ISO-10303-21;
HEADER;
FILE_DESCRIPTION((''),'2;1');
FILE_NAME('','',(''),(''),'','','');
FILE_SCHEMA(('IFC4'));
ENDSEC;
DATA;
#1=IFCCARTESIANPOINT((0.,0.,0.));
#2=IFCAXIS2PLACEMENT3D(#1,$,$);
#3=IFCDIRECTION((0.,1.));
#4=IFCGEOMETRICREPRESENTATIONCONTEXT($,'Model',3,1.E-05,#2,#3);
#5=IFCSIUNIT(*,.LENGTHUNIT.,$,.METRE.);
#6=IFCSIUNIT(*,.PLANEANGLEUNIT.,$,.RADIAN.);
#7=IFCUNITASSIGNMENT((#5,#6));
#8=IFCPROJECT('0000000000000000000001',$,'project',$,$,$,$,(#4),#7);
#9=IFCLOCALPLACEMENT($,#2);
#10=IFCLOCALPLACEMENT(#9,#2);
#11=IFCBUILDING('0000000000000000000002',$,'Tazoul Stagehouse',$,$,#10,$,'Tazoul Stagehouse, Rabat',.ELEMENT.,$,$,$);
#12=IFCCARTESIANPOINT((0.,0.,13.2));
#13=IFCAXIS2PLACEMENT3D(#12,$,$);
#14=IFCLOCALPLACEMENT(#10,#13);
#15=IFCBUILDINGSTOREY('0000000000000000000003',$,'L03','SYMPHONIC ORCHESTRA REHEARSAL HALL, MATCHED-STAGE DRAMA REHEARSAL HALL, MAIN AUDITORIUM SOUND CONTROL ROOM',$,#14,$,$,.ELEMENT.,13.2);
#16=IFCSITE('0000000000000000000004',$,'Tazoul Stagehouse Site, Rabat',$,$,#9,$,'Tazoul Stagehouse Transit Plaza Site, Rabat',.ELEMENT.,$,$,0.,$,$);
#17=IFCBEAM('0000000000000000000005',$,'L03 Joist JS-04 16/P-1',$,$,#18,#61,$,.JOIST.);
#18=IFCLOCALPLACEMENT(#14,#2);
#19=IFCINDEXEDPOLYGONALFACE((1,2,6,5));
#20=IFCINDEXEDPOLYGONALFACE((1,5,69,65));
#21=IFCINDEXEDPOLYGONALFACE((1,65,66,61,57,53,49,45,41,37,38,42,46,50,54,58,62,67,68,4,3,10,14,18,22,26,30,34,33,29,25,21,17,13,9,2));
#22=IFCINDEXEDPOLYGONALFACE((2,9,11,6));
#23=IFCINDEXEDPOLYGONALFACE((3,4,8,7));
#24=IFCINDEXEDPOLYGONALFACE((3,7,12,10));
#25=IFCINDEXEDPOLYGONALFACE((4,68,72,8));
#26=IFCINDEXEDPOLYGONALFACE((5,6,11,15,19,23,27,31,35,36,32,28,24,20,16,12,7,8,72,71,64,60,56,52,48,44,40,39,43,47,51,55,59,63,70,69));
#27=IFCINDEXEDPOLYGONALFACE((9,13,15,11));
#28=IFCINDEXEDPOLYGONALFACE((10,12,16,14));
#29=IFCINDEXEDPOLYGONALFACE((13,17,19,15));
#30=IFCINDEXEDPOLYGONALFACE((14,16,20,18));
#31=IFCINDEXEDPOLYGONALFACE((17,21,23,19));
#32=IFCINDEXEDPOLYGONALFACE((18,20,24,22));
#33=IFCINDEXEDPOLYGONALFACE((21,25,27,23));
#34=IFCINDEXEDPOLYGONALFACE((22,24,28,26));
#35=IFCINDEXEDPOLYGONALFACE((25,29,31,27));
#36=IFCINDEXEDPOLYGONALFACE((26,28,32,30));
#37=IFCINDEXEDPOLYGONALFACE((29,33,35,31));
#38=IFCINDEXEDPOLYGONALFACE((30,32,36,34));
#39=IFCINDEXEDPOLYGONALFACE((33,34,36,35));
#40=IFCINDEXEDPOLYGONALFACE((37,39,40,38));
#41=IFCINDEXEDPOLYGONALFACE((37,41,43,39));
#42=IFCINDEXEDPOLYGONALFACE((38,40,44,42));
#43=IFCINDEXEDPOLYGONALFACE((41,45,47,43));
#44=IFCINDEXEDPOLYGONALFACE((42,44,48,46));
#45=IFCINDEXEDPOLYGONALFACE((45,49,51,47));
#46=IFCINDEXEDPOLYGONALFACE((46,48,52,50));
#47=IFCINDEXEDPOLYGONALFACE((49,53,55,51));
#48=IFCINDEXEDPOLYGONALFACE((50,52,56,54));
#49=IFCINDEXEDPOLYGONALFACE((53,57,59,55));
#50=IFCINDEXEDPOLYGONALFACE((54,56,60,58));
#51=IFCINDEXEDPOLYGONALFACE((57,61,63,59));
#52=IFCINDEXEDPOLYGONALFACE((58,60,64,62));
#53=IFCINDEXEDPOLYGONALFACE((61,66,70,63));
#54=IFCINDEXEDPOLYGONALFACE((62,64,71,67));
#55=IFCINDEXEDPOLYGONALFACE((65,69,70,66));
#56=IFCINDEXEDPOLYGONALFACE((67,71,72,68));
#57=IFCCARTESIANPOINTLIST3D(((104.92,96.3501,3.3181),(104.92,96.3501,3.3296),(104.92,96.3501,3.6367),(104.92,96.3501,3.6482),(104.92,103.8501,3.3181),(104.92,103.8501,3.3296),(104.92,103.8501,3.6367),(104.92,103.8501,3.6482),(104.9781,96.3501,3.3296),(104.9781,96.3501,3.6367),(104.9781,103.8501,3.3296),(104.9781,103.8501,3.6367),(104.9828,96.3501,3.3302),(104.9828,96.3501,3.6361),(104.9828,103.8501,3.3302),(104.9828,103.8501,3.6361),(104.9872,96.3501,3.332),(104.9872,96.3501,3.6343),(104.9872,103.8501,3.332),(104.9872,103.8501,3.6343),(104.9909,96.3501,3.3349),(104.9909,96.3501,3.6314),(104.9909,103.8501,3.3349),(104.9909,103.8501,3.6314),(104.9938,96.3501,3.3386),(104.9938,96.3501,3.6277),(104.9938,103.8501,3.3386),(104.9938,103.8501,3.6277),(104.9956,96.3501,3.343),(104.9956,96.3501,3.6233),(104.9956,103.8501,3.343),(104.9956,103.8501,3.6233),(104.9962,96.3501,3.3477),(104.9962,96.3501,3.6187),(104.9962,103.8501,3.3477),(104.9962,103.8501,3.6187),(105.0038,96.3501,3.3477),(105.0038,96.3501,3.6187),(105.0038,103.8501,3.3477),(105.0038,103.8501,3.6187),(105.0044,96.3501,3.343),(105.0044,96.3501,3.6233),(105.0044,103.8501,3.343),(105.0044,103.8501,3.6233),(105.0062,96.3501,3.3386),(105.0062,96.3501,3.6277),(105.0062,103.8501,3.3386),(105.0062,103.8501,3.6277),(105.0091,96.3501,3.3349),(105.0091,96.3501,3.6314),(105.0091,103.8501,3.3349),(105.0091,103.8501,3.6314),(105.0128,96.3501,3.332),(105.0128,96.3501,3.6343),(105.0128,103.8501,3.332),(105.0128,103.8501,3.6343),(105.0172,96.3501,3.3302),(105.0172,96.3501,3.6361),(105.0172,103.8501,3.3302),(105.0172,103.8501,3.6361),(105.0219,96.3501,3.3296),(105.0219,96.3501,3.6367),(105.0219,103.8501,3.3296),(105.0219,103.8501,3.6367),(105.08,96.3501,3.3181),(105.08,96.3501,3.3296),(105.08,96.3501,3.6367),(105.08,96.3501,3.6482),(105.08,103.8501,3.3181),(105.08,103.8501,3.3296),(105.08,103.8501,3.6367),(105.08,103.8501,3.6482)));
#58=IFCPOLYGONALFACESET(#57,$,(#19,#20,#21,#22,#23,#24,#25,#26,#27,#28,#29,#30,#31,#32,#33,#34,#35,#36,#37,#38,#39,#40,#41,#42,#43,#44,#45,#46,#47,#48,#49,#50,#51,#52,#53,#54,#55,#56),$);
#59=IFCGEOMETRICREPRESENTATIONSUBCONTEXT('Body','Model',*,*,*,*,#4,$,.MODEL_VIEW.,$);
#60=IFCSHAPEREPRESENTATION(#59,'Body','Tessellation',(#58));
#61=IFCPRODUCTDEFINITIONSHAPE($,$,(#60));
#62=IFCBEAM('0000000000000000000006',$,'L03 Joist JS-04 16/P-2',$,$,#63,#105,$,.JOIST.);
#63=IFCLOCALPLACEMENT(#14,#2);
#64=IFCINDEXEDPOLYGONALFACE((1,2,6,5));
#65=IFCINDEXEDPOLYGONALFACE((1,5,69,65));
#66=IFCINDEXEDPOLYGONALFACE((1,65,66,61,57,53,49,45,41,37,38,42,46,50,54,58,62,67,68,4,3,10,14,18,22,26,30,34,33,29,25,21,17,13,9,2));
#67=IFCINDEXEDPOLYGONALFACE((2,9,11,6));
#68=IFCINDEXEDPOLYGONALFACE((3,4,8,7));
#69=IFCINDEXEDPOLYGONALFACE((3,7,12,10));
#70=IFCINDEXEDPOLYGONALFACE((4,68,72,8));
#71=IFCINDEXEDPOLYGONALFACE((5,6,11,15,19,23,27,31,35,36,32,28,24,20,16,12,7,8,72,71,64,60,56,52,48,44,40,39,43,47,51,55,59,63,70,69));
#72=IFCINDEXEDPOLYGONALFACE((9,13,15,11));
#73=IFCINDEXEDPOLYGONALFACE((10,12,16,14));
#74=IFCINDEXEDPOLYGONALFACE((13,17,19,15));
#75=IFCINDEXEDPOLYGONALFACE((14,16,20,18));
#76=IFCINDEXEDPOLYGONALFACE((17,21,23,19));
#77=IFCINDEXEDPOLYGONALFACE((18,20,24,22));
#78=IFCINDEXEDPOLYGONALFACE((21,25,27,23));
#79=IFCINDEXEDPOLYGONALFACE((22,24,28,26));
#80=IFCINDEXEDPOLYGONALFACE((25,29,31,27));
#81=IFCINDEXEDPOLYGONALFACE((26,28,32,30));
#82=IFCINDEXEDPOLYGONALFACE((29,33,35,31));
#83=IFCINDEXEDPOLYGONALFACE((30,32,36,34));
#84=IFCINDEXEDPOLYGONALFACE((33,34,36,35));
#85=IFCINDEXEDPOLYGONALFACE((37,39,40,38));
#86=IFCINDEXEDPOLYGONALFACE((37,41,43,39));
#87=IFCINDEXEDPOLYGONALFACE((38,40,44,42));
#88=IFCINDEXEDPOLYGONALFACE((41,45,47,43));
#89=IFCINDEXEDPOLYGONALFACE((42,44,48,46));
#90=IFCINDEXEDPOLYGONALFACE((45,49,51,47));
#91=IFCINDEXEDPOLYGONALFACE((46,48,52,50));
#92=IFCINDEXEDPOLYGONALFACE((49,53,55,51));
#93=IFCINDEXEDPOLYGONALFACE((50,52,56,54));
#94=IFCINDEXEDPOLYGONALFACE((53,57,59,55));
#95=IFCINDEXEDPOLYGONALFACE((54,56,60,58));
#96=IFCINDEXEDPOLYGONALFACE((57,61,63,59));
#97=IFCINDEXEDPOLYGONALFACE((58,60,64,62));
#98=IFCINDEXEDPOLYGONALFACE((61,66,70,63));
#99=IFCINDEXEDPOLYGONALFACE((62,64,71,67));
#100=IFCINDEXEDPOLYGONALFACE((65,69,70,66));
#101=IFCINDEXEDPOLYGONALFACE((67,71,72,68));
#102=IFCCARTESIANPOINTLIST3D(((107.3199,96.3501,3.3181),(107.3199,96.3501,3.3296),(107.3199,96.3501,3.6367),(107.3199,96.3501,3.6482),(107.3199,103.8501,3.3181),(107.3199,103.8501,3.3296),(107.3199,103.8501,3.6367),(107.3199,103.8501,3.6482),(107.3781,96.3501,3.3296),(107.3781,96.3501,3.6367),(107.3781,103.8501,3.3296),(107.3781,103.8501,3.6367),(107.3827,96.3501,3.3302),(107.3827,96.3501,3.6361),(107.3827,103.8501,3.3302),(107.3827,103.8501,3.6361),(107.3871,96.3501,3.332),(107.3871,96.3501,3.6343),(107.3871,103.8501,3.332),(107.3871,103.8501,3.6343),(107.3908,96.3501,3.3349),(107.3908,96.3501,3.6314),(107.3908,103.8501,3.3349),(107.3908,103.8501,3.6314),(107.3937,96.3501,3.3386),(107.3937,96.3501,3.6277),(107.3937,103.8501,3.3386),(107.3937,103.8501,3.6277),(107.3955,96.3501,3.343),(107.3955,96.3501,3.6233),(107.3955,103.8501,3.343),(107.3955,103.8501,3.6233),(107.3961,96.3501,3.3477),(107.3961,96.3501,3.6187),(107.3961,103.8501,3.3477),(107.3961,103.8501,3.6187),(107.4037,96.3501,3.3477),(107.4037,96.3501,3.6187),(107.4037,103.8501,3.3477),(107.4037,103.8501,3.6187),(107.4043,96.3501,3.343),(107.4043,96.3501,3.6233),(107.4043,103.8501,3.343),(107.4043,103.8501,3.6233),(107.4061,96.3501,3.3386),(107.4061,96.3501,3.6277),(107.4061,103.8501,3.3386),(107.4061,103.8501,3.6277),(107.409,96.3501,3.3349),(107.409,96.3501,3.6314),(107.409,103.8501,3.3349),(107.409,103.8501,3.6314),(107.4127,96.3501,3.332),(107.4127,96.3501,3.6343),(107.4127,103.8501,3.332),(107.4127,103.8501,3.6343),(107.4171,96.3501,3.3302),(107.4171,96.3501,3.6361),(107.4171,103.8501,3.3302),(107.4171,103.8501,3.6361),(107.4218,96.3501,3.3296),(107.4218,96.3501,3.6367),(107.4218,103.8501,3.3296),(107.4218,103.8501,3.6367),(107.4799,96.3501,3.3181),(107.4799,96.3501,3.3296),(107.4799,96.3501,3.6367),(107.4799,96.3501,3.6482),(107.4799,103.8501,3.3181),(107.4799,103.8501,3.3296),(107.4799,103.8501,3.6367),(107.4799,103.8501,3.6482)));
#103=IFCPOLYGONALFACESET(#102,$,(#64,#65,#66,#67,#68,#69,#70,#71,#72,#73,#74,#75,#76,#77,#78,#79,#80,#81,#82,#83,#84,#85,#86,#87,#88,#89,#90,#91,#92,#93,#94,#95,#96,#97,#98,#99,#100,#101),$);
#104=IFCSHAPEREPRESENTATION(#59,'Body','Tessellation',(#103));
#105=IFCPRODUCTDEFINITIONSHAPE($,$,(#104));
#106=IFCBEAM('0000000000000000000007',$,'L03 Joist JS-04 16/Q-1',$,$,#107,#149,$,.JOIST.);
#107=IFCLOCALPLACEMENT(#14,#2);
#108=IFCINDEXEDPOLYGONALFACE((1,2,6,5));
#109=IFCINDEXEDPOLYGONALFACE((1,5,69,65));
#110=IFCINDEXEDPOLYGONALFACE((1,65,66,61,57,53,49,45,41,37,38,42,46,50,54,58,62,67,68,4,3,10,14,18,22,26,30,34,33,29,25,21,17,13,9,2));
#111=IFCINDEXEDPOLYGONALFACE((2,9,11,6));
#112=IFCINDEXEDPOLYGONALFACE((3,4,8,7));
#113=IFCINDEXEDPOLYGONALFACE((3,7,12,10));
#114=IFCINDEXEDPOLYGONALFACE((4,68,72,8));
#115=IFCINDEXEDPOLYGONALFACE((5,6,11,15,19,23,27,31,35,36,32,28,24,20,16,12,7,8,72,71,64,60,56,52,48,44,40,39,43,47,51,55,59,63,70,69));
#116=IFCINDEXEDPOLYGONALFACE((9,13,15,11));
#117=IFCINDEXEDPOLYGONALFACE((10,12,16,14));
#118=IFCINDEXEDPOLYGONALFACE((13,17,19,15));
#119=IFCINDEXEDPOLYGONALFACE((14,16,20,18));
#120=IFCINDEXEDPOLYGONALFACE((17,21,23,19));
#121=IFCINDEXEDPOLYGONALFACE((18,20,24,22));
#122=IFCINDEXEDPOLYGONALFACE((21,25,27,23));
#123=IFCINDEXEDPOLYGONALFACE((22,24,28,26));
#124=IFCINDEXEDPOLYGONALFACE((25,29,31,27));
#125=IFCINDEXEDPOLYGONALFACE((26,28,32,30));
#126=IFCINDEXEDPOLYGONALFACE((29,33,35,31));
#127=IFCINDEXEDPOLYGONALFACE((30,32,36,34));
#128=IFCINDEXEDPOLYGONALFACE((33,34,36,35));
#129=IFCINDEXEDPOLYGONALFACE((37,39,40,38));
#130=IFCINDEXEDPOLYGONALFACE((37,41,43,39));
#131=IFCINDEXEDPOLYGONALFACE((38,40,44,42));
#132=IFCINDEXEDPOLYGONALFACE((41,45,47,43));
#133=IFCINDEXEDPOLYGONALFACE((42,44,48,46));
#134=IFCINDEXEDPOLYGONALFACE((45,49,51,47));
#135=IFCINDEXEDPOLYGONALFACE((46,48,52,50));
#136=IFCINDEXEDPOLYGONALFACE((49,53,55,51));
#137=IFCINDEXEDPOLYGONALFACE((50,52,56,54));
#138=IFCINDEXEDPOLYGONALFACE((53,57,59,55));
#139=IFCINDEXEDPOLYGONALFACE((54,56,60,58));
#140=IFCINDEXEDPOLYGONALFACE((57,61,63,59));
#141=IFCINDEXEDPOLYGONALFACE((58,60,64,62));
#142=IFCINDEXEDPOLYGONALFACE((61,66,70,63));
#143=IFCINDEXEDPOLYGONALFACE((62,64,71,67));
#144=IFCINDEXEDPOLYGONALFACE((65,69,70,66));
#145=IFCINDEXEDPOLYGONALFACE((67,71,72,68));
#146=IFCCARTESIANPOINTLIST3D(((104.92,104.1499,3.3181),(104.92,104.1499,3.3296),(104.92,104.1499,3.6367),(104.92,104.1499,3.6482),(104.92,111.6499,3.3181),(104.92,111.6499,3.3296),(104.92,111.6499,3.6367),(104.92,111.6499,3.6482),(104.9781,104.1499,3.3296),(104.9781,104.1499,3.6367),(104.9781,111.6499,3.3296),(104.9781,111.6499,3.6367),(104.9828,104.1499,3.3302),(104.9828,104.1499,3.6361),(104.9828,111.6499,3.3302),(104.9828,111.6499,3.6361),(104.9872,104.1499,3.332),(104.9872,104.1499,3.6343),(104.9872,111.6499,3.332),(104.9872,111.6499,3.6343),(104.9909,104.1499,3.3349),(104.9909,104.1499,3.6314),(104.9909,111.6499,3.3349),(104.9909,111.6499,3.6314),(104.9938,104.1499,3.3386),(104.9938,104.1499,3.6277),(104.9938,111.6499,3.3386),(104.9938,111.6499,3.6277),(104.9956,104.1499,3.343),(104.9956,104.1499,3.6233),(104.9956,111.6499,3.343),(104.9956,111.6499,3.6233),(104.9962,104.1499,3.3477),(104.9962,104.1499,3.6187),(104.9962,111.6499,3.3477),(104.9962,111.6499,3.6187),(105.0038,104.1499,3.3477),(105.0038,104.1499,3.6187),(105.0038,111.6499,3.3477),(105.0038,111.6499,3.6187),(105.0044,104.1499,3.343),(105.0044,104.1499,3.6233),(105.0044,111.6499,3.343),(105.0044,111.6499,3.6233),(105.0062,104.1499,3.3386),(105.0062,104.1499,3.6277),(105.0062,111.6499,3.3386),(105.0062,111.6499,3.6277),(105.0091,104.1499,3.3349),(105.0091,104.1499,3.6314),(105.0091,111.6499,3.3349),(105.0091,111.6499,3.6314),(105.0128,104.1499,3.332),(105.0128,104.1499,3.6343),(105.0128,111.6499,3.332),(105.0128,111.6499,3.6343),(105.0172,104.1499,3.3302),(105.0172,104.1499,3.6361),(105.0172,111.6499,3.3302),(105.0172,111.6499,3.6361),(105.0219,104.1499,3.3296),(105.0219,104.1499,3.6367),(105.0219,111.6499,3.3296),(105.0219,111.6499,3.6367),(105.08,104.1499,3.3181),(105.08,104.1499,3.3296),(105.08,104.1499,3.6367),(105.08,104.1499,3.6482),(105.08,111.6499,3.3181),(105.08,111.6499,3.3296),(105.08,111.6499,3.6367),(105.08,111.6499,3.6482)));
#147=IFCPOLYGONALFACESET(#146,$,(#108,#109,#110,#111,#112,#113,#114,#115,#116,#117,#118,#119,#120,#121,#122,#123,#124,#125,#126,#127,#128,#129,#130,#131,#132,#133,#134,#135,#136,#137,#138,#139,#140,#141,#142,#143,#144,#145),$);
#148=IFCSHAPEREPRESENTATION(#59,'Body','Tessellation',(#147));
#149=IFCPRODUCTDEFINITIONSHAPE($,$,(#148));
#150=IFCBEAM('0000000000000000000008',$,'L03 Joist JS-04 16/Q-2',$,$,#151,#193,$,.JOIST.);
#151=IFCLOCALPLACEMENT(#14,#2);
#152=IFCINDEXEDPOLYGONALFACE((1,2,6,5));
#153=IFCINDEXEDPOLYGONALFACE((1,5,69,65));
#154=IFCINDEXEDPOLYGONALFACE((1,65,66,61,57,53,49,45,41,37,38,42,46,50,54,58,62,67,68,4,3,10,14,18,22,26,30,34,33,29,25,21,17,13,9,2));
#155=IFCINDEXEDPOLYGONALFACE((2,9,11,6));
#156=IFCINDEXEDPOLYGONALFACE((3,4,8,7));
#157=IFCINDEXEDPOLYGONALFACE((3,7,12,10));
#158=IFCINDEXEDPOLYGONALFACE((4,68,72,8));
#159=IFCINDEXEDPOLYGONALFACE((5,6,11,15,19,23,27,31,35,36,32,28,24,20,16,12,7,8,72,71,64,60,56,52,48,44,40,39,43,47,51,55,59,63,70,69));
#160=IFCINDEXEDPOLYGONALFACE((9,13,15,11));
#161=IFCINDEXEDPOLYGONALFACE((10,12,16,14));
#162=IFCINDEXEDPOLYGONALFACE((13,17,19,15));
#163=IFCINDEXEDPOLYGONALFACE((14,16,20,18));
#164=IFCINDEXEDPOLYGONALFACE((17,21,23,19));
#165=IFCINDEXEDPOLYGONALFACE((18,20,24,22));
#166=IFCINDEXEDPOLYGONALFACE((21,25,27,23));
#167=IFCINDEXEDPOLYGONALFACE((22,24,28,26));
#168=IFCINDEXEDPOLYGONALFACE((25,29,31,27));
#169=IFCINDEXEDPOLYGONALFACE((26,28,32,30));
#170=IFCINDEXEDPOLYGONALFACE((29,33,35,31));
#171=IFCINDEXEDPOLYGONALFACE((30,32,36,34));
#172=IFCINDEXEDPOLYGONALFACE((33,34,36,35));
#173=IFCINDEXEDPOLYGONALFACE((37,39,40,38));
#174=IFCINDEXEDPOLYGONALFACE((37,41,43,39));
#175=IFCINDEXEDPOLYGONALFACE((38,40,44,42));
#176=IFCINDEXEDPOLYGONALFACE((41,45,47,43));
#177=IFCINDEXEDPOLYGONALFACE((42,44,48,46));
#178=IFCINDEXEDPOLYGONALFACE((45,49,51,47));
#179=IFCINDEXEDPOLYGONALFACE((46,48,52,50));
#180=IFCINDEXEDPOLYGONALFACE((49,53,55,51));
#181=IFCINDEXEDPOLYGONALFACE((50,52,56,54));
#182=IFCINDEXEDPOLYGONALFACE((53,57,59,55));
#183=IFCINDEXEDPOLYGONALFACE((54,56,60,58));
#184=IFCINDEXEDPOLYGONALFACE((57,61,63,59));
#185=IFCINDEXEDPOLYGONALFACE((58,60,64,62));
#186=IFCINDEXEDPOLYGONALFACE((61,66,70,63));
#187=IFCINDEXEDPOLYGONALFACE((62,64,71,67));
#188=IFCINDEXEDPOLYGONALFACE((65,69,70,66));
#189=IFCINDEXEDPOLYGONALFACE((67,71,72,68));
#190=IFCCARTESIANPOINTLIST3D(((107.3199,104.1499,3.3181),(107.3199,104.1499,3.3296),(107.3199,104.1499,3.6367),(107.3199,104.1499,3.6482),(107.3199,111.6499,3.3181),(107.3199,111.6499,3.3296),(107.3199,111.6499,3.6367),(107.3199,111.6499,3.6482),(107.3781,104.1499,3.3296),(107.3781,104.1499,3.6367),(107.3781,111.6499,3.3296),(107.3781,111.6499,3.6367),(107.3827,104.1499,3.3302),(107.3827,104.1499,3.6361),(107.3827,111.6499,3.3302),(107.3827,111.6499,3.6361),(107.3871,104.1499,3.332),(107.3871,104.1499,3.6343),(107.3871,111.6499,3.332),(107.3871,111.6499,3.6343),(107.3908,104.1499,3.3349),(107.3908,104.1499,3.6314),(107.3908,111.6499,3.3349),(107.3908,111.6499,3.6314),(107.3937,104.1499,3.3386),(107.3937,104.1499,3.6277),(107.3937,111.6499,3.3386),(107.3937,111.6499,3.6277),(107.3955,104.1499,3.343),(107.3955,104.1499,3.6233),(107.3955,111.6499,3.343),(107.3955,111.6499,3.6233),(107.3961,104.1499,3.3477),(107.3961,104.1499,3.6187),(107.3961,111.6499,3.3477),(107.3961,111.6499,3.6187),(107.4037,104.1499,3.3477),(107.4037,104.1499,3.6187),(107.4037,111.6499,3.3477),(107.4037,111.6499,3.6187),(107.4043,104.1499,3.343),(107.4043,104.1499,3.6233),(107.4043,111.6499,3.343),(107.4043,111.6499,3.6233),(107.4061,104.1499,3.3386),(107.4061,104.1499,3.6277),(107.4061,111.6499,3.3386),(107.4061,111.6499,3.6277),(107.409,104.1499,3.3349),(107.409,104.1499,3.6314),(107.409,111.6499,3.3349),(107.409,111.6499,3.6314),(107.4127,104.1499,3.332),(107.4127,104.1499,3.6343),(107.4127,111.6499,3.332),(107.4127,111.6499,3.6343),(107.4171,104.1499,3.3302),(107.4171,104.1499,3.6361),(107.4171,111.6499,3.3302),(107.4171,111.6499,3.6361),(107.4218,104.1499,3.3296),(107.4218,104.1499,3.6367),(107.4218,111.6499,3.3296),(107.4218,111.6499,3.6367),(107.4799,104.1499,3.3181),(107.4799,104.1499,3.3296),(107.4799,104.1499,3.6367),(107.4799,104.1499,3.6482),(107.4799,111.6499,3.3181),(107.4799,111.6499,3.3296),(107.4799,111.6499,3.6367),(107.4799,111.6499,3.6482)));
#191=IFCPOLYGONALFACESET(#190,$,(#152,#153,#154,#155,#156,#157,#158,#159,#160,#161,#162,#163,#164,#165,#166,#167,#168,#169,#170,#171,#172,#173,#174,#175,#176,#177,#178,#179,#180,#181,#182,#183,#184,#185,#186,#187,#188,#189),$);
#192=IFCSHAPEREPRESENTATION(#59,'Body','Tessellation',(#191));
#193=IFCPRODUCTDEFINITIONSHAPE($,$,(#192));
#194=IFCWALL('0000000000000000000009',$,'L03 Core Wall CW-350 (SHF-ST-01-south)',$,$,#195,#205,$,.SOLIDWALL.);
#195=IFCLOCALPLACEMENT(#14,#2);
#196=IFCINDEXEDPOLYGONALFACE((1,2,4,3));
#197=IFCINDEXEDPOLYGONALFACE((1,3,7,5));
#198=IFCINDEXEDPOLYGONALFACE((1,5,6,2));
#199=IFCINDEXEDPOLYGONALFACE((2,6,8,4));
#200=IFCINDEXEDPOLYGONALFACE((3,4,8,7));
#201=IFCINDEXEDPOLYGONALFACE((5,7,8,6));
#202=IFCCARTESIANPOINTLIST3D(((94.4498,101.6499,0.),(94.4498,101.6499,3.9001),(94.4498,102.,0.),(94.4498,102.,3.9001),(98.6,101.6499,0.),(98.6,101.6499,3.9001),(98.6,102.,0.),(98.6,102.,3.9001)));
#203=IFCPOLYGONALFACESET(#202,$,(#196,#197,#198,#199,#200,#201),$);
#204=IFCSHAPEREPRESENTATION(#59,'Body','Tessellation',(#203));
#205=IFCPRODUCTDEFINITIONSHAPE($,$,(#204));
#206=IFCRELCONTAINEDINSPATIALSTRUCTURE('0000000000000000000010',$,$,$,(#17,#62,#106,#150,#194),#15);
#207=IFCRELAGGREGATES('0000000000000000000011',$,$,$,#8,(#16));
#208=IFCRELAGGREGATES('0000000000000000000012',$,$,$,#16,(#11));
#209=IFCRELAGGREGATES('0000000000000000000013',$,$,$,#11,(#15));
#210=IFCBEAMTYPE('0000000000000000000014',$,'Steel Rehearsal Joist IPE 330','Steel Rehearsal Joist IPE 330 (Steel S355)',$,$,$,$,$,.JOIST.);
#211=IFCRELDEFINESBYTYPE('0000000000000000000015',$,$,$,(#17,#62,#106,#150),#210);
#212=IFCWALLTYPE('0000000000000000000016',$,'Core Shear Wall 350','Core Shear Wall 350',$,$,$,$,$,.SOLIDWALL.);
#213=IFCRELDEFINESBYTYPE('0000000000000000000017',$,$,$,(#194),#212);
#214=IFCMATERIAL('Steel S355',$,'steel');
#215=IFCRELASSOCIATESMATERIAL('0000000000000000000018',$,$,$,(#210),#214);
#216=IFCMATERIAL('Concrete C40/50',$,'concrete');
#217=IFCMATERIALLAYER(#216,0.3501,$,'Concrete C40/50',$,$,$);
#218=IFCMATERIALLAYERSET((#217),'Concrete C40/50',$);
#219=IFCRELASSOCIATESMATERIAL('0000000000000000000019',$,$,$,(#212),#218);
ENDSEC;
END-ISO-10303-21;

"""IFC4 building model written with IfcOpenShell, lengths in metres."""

from ifc_helpers import new_model, si_unit, direction, frame, frame_2d, origin, origin_2d, place, context, subcontext, project, spatial, rectangle, i_section, extrude, material, layer, layer_set, material_profile, profile_set, type_object, element, save


model = new_model("IFC4")

# Units and contexts
model_context = context("Model", 3, precision=1e-05, world=origin(), true_north=direction((0.0, 1.0)))
body_context = subcontext(model_context, "Body", "Model", "MODEL_VIEW")
ifc_project = project(units=[si_unit("LENGTHUNIT", "METRE"), si_unit("PLANEANGLEUNIT", "RADIAN")], contexts=[model_context])

# Site, building, storey
site_placement = place(None, origin())
site = spatial("IfcSite", under=ifc_project, at=site_placement, Name="Tazoul Stagehouse Site, Rabat", LongName="Tazoul Stagehouse Transit Plaza Site, Rabat", CompositionType="ELEMENT", RefElevation=0.0)
building_placement = place(site_placement, origin())
building = spatial("IfcBuilding", under=site, at=building_placement, Name="Tazoul Stagehouse", LongName="Tazoul Stagehouse, Rabat", CompositionType="ELEMENT")
storey_placement = place(building_placement, frame((0.0, 0.0, 13.2)))
storey = spatial("IfcBuildingStorey", under=building, at=storey_placement, Name="L03", Description="SYMPHONIC ORCHESTRA REHEARSAL HALL, MATCHED-STAGE DRAMA REHEARSAL HALL, MAIN AUDITORIUM SOUND CONTROL ROOM", CompositionType="ELEMENT", Elevation=13.2)

# Shared definitions
ifc_material_1 = material(Name="Concrete C40/50", Category="concrete")
ifc_material_2 = material(Name="Steel S355", Category="steel")

# Beams
ifc_material_profile_1 = material_profile(ifc_material_2, i_section(OverallWidth=0.1599, OverallDepth=0.3301, WebThickness=0.0076, FlangeThickness=0.0115, FilletRadius=0.0181, at=origin_2d()), Name="IPE 330")
ifc_profile_set_1 = profile_set([ifc_material_profile_1], Name="Steel S355")
beam_type_1 = type_object("IfcBeamType", Name="Steel Rehearsal Joist IPE 330", Description="Steel Rehearsal Joist IPE 330 (Steel S355)", PredefinedType="JOIST", material=ifc_profile_set_1)
for number, where, z_axis, x_axis, name in (
    (1, (105.0, 96.3501, 3.4832), (0.0, 1.0, 0.0), (-1.0, 0.0, 0.0), "L03 Joist JS-04 16/P-1"),
    (2, (107.3999, 96.3501, 3.4832), (0.0, 1.0, 0.0), (-1.0, 0.0, 0.0), "L03 Joist JS-04 16/P-2"),
    (3, (105.0, 104.1499, 3.4832), (0.0, 1.0, 0.0), (-1.0, 0.0, 0.0), "L03 Joist JS-04 16/Q-1"),
    (4, (107.3999, 104.1499, 3.4832), (0.0, 1.0, 0.0), (-1.0, 0.0, 0.0), "L03 Joist JS-04 16/Q-2"),
):
    element("IfcBeam", number, at=place(storey_placement, frame(where, z_axis=z_axis, x_axis=x_axis)), inside=storey, type_object=beam_type_1, Name=name, PredefinedType="JOIST", context=body_context, shape_type="SweptSolid", body=[
        extrude(i_section(OverallWidth=0.1599, OverallDepth=0.3301, WebThickness=0.0076, FlangeThickness=0.0115, FilletRadius=0.0181, at=origin_2d()), origin(), (0.0, 0.0, 1.0), 7.5),
    ])

# Wall
ifc_layer_1 = layer(ifc_material_1, 0.3501, Name="Concrete C40/50")
ifc_layer_set_1 = layer_set([ifc_layer_1], Name="Concrete C40/50")
wall_type_1 = type_object("IfcWallType", Name="Core Shear Wall 350", Description="Core Shear Wall 350", PredefinedType="SOLIDWALL", material=ifc_layer_set_1)
wall_1_placement = place(storey_placement, frame((98.6001, 101.825, 0.0), z_axis=(0.0, 0.0, 1.0), x_axis=(-1.0, 0.0, 0.0)))
element("IfcWall", 5, at=wall_1_placement, inside=storey, type_object=wall_type_1, Name="L03 Core Wall CW-350 (SHF-ST-01-south)", PredefinedType="SOLIDWALL", context=body_context, shape_type="SweptSolid", body=[
    extrude(rectangle(XDim=4.1501, YDim=0.3501, at=frame_2d((2.0752, 0.0))), origin(), (0.0, 0.0, 1.0), 3.9001),
])

save(model, "model.ifc")
